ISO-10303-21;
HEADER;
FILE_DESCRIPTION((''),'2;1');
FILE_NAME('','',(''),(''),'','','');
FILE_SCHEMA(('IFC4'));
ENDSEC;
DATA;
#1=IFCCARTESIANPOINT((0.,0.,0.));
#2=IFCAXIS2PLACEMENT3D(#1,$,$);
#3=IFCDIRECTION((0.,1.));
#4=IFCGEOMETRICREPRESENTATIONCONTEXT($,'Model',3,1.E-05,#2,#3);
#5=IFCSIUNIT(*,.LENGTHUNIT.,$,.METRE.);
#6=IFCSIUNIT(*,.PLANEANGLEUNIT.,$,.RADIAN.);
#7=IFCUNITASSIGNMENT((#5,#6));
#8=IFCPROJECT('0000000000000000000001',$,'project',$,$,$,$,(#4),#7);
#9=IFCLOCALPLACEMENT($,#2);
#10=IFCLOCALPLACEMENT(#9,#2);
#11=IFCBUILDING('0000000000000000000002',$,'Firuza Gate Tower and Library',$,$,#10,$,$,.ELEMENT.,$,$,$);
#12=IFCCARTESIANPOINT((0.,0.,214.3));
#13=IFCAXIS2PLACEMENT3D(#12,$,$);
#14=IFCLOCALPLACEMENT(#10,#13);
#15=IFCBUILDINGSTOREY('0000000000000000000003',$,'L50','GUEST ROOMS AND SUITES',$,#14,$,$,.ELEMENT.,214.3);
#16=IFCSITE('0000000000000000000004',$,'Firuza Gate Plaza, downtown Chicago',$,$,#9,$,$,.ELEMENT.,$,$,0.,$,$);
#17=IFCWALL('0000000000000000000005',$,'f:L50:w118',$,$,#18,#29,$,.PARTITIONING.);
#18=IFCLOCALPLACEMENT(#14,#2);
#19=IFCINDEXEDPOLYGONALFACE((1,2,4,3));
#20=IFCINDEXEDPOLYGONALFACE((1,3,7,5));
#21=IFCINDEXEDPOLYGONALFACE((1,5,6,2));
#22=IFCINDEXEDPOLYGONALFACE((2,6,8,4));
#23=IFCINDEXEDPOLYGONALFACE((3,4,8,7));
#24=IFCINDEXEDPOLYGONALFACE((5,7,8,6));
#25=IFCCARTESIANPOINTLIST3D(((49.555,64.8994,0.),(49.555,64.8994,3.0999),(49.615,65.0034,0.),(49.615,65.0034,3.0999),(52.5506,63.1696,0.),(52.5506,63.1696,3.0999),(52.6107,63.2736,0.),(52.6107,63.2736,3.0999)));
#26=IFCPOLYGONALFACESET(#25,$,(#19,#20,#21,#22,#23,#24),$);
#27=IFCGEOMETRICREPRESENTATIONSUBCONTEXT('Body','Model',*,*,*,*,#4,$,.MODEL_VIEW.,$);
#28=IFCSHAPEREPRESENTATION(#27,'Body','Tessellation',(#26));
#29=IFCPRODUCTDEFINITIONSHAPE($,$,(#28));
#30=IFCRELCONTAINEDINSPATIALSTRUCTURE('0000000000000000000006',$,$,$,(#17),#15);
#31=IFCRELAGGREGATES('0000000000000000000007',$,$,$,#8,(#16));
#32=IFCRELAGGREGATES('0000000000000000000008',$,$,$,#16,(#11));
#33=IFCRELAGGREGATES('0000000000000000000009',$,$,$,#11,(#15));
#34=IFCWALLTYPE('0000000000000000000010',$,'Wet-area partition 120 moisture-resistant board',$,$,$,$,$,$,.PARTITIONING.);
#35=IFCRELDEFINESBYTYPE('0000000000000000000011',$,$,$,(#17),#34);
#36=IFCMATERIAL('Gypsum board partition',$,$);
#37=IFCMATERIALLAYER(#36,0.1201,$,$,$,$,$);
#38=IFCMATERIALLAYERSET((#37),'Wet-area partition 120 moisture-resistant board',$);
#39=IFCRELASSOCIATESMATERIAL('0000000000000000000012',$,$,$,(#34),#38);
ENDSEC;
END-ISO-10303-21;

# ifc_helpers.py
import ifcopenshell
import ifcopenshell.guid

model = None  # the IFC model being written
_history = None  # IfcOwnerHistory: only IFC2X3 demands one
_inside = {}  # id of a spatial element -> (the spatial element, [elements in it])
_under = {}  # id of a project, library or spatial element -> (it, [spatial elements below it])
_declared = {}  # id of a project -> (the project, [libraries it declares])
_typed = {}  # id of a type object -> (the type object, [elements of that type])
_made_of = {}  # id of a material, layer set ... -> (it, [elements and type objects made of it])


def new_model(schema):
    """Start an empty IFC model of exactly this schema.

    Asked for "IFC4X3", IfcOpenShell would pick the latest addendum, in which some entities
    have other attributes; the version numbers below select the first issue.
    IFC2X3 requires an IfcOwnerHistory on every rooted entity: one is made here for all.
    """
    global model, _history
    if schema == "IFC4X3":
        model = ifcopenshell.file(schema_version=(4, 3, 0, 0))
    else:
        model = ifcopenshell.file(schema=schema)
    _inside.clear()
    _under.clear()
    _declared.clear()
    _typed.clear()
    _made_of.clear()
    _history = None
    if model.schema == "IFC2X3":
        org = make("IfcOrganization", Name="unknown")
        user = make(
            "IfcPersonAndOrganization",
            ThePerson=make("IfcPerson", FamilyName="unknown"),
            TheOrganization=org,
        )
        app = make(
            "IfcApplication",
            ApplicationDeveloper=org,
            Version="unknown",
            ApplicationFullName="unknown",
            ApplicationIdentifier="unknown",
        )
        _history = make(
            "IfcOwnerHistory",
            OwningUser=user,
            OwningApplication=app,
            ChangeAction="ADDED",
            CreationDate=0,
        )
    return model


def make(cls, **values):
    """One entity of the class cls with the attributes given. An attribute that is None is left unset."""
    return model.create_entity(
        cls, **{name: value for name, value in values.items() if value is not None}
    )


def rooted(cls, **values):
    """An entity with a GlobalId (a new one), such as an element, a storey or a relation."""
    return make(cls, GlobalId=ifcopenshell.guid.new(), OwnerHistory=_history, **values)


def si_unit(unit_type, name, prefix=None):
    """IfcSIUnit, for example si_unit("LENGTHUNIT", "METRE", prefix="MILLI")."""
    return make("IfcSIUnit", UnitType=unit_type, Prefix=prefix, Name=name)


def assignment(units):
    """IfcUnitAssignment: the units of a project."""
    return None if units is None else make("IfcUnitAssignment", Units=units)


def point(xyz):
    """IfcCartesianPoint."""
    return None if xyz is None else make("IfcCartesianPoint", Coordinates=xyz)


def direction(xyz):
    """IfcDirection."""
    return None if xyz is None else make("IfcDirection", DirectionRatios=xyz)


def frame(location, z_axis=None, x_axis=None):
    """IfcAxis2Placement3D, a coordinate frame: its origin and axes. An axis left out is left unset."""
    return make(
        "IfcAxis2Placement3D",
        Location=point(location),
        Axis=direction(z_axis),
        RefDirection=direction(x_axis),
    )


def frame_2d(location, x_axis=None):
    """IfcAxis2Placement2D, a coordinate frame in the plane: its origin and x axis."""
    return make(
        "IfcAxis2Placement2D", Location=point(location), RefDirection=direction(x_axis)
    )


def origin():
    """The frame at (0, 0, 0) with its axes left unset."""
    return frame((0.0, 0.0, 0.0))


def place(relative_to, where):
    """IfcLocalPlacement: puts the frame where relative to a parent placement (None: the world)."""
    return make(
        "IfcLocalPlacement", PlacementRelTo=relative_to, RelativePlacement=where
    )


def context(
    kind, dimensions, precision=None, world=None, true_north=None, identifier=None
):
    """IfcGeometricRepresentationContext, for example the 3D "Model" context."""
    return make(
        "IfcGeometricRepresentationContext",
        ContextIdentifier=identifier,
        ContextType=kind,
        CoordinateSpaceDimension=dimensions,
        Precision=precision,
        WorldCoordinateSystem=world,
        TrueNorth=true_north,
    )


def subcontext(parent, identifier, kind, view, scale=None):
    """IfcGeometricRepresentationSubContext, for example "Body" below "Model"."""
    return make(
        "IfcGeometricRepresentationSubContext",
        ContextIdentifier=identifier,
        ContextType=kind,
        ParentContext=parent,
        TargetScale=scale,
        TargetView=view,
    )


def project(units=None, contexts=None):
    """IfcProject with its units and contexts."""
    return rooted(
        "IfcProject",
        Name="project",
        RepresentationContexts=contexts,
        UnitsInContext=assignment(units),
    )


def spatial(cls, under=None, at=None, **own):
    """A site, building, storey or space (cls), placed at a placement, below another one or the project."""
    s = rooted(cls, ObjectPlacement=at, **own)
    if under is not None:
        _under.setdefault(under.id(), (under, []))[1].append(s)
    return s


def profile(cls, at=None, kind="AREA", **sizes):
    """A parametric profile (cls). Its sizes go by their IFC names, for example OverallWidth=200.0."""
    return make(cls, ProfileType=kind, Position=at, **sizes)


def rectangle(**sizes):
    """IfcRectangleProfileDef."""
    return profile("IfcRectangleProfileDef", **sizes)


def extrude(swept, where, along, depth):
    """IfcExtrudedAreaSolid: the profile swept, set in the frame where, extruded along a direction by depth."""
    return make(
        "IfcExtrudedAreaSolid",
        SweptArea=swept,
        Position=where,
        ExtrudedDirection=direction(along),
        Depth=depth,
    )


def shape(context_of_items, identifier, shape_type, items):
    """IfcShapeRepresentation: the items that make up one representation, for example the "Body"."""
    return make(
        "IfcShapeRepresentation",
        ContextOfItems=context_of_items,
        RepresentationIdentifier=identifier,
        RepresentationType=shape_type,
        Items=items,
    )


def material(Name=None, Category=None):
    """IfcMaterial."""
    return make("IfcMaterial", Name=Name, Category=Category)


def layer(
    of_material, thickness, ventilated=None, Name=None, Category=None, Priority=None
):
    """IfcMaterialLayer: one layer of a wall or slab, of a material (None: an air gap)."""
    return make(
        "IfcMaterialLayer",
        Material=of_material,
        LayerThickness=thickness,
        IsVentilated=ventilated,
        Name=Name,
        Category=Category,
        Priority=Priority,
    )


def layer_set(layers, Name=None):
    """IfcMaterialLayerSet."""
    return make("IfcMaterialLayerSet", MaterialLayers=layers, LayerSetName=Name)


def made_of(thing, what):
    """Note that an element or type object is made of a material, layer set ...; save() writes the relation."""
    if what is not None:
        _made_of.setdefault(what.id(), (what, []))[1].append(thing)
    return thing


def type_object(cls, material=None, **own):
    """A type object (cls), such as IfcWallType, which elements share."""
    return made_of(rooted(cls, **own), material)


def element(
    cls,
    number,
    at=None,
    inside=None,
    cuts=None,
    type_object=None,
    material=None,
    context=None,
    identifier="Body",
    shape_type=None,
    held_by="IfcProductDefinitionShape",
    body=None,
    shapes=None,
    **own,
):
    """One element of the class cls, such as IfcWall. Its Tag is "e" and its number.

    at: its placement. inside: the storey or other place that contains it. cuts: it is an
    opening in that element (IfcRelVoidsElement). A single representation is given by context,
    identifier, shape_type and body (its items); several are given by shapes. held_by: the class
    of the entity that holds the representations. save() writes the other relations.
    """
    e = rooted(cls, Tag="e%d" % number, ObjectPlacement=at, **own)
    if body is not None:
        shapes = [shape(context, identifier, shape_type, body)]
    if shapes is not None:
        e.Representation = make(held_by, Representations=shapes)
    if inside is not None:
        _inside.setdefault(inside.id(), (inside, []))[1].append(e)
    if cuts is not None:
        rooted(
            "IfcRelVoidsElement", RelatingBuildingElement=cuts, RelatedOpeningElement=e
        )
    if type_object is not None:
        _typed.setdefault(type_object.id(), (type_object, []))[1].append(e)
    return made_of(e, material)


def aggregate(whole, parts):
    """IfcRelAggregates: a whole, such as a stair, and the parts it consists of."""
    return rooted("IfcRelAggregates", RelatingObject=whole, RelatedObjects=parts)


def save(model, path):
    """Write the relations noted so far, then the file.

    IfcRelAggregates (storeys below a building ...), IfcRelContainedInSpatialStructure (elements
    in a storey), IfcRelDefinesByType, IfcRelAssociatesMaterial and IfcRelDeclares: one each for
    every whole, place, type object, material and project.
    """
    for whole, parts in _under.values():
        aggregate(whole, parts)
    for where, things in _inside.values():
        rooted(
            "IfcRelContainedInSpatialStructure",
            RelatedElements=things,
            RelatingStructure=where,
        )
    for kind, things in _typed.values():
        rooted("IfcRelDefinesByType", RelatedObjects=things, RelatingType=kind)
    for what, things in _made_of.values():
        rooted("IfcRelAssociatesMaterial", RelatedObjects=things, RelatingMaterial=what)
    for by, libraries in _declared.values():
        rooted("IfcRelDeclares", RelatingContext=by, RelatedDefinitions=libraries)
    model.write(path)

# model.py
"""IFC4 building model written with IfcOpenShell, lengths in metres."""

from ifc_helpers import new_model, si_unit, direction, frame, frame_2d, origin, place, context, subcontext, project, spatial, rectangle, extrude, material, layer, layer_set, type_object, element, save


model = new_model("IFC4")

# Units and contexts
model_context = context("Model", 3, precision=1e-05, world=origin(), true_north=direction((0.0, 1.0)))
body_context = subcontext(model_context, "Body", "Model", "MODEL_VIEW")
ifc_project = project(units=[si_unit("LENGTHUNIT", "METRE"), si_unit("PLANEANGLEUNIT", "RADIAN")], contexts=[model_context])

# Site, building, storey
site_placement = place(None, origin())
site = spatial("IfcSite", under=ifc_project, at=site_placement, Name="Firuza Gate Plaza, downtown Chicago", CompositionType="ELEMENT", RefElevation=0.0)
building_placement = place(site_placement, origin())
building = spatial("IfcBuilding", under=site, at=building_placement, Name="Firuza Gate Tower and Library", CompositionType="ELEMENT")
storey_placement = place(building_placement, frame((0.0, 0.0, 214.3)))
storey = spatial("IfcBuildingStorey", under=building, at=storey_placement, Name="L50", Description="GUEST ROOMS AND SUITES", CompositionType="ELEMENT", Elevation=214.3)

# Shared definitions
ifc_material_1 = material(Name="Gypsum board partition")
ifc_layer_1 = layer(ifc_material_1, 0.1201)
ifc_layer_set_1 = layer_set([ifc_layer_1], Name="Wet-area partition 120 moisture-resistant board")
wall_type_1 = type_object("IfcWallType", Name="Wet-area partition 120 moisture-resistant board", PredefinedType="PARTITIONING", material=ifc_layer_set_1)

# Wall
wall_1_placement = place(storey_placement, frame((52.5806, 63.2217, 0.0), z_axis=(0.0, 0.0, 1.0), x_axis=(-0.865998, 0.500048, 0.0)))
element("IfcWall", 1, at=wall_1_placement, inside=storey, type_object=wall_type_1, Name="f:L50:w118", PredefinedType="PARTITIONING", context=body_context, shape_type="SweptSolid", body=[
    extrude(rectangle(XDim=3.4592, YDim=0.1201, at=frame_2d((1.7295, 0.0))), origin(), (0.0, 0.0, 1.0), 3.0999),
])

save(model, "model.ifc")
